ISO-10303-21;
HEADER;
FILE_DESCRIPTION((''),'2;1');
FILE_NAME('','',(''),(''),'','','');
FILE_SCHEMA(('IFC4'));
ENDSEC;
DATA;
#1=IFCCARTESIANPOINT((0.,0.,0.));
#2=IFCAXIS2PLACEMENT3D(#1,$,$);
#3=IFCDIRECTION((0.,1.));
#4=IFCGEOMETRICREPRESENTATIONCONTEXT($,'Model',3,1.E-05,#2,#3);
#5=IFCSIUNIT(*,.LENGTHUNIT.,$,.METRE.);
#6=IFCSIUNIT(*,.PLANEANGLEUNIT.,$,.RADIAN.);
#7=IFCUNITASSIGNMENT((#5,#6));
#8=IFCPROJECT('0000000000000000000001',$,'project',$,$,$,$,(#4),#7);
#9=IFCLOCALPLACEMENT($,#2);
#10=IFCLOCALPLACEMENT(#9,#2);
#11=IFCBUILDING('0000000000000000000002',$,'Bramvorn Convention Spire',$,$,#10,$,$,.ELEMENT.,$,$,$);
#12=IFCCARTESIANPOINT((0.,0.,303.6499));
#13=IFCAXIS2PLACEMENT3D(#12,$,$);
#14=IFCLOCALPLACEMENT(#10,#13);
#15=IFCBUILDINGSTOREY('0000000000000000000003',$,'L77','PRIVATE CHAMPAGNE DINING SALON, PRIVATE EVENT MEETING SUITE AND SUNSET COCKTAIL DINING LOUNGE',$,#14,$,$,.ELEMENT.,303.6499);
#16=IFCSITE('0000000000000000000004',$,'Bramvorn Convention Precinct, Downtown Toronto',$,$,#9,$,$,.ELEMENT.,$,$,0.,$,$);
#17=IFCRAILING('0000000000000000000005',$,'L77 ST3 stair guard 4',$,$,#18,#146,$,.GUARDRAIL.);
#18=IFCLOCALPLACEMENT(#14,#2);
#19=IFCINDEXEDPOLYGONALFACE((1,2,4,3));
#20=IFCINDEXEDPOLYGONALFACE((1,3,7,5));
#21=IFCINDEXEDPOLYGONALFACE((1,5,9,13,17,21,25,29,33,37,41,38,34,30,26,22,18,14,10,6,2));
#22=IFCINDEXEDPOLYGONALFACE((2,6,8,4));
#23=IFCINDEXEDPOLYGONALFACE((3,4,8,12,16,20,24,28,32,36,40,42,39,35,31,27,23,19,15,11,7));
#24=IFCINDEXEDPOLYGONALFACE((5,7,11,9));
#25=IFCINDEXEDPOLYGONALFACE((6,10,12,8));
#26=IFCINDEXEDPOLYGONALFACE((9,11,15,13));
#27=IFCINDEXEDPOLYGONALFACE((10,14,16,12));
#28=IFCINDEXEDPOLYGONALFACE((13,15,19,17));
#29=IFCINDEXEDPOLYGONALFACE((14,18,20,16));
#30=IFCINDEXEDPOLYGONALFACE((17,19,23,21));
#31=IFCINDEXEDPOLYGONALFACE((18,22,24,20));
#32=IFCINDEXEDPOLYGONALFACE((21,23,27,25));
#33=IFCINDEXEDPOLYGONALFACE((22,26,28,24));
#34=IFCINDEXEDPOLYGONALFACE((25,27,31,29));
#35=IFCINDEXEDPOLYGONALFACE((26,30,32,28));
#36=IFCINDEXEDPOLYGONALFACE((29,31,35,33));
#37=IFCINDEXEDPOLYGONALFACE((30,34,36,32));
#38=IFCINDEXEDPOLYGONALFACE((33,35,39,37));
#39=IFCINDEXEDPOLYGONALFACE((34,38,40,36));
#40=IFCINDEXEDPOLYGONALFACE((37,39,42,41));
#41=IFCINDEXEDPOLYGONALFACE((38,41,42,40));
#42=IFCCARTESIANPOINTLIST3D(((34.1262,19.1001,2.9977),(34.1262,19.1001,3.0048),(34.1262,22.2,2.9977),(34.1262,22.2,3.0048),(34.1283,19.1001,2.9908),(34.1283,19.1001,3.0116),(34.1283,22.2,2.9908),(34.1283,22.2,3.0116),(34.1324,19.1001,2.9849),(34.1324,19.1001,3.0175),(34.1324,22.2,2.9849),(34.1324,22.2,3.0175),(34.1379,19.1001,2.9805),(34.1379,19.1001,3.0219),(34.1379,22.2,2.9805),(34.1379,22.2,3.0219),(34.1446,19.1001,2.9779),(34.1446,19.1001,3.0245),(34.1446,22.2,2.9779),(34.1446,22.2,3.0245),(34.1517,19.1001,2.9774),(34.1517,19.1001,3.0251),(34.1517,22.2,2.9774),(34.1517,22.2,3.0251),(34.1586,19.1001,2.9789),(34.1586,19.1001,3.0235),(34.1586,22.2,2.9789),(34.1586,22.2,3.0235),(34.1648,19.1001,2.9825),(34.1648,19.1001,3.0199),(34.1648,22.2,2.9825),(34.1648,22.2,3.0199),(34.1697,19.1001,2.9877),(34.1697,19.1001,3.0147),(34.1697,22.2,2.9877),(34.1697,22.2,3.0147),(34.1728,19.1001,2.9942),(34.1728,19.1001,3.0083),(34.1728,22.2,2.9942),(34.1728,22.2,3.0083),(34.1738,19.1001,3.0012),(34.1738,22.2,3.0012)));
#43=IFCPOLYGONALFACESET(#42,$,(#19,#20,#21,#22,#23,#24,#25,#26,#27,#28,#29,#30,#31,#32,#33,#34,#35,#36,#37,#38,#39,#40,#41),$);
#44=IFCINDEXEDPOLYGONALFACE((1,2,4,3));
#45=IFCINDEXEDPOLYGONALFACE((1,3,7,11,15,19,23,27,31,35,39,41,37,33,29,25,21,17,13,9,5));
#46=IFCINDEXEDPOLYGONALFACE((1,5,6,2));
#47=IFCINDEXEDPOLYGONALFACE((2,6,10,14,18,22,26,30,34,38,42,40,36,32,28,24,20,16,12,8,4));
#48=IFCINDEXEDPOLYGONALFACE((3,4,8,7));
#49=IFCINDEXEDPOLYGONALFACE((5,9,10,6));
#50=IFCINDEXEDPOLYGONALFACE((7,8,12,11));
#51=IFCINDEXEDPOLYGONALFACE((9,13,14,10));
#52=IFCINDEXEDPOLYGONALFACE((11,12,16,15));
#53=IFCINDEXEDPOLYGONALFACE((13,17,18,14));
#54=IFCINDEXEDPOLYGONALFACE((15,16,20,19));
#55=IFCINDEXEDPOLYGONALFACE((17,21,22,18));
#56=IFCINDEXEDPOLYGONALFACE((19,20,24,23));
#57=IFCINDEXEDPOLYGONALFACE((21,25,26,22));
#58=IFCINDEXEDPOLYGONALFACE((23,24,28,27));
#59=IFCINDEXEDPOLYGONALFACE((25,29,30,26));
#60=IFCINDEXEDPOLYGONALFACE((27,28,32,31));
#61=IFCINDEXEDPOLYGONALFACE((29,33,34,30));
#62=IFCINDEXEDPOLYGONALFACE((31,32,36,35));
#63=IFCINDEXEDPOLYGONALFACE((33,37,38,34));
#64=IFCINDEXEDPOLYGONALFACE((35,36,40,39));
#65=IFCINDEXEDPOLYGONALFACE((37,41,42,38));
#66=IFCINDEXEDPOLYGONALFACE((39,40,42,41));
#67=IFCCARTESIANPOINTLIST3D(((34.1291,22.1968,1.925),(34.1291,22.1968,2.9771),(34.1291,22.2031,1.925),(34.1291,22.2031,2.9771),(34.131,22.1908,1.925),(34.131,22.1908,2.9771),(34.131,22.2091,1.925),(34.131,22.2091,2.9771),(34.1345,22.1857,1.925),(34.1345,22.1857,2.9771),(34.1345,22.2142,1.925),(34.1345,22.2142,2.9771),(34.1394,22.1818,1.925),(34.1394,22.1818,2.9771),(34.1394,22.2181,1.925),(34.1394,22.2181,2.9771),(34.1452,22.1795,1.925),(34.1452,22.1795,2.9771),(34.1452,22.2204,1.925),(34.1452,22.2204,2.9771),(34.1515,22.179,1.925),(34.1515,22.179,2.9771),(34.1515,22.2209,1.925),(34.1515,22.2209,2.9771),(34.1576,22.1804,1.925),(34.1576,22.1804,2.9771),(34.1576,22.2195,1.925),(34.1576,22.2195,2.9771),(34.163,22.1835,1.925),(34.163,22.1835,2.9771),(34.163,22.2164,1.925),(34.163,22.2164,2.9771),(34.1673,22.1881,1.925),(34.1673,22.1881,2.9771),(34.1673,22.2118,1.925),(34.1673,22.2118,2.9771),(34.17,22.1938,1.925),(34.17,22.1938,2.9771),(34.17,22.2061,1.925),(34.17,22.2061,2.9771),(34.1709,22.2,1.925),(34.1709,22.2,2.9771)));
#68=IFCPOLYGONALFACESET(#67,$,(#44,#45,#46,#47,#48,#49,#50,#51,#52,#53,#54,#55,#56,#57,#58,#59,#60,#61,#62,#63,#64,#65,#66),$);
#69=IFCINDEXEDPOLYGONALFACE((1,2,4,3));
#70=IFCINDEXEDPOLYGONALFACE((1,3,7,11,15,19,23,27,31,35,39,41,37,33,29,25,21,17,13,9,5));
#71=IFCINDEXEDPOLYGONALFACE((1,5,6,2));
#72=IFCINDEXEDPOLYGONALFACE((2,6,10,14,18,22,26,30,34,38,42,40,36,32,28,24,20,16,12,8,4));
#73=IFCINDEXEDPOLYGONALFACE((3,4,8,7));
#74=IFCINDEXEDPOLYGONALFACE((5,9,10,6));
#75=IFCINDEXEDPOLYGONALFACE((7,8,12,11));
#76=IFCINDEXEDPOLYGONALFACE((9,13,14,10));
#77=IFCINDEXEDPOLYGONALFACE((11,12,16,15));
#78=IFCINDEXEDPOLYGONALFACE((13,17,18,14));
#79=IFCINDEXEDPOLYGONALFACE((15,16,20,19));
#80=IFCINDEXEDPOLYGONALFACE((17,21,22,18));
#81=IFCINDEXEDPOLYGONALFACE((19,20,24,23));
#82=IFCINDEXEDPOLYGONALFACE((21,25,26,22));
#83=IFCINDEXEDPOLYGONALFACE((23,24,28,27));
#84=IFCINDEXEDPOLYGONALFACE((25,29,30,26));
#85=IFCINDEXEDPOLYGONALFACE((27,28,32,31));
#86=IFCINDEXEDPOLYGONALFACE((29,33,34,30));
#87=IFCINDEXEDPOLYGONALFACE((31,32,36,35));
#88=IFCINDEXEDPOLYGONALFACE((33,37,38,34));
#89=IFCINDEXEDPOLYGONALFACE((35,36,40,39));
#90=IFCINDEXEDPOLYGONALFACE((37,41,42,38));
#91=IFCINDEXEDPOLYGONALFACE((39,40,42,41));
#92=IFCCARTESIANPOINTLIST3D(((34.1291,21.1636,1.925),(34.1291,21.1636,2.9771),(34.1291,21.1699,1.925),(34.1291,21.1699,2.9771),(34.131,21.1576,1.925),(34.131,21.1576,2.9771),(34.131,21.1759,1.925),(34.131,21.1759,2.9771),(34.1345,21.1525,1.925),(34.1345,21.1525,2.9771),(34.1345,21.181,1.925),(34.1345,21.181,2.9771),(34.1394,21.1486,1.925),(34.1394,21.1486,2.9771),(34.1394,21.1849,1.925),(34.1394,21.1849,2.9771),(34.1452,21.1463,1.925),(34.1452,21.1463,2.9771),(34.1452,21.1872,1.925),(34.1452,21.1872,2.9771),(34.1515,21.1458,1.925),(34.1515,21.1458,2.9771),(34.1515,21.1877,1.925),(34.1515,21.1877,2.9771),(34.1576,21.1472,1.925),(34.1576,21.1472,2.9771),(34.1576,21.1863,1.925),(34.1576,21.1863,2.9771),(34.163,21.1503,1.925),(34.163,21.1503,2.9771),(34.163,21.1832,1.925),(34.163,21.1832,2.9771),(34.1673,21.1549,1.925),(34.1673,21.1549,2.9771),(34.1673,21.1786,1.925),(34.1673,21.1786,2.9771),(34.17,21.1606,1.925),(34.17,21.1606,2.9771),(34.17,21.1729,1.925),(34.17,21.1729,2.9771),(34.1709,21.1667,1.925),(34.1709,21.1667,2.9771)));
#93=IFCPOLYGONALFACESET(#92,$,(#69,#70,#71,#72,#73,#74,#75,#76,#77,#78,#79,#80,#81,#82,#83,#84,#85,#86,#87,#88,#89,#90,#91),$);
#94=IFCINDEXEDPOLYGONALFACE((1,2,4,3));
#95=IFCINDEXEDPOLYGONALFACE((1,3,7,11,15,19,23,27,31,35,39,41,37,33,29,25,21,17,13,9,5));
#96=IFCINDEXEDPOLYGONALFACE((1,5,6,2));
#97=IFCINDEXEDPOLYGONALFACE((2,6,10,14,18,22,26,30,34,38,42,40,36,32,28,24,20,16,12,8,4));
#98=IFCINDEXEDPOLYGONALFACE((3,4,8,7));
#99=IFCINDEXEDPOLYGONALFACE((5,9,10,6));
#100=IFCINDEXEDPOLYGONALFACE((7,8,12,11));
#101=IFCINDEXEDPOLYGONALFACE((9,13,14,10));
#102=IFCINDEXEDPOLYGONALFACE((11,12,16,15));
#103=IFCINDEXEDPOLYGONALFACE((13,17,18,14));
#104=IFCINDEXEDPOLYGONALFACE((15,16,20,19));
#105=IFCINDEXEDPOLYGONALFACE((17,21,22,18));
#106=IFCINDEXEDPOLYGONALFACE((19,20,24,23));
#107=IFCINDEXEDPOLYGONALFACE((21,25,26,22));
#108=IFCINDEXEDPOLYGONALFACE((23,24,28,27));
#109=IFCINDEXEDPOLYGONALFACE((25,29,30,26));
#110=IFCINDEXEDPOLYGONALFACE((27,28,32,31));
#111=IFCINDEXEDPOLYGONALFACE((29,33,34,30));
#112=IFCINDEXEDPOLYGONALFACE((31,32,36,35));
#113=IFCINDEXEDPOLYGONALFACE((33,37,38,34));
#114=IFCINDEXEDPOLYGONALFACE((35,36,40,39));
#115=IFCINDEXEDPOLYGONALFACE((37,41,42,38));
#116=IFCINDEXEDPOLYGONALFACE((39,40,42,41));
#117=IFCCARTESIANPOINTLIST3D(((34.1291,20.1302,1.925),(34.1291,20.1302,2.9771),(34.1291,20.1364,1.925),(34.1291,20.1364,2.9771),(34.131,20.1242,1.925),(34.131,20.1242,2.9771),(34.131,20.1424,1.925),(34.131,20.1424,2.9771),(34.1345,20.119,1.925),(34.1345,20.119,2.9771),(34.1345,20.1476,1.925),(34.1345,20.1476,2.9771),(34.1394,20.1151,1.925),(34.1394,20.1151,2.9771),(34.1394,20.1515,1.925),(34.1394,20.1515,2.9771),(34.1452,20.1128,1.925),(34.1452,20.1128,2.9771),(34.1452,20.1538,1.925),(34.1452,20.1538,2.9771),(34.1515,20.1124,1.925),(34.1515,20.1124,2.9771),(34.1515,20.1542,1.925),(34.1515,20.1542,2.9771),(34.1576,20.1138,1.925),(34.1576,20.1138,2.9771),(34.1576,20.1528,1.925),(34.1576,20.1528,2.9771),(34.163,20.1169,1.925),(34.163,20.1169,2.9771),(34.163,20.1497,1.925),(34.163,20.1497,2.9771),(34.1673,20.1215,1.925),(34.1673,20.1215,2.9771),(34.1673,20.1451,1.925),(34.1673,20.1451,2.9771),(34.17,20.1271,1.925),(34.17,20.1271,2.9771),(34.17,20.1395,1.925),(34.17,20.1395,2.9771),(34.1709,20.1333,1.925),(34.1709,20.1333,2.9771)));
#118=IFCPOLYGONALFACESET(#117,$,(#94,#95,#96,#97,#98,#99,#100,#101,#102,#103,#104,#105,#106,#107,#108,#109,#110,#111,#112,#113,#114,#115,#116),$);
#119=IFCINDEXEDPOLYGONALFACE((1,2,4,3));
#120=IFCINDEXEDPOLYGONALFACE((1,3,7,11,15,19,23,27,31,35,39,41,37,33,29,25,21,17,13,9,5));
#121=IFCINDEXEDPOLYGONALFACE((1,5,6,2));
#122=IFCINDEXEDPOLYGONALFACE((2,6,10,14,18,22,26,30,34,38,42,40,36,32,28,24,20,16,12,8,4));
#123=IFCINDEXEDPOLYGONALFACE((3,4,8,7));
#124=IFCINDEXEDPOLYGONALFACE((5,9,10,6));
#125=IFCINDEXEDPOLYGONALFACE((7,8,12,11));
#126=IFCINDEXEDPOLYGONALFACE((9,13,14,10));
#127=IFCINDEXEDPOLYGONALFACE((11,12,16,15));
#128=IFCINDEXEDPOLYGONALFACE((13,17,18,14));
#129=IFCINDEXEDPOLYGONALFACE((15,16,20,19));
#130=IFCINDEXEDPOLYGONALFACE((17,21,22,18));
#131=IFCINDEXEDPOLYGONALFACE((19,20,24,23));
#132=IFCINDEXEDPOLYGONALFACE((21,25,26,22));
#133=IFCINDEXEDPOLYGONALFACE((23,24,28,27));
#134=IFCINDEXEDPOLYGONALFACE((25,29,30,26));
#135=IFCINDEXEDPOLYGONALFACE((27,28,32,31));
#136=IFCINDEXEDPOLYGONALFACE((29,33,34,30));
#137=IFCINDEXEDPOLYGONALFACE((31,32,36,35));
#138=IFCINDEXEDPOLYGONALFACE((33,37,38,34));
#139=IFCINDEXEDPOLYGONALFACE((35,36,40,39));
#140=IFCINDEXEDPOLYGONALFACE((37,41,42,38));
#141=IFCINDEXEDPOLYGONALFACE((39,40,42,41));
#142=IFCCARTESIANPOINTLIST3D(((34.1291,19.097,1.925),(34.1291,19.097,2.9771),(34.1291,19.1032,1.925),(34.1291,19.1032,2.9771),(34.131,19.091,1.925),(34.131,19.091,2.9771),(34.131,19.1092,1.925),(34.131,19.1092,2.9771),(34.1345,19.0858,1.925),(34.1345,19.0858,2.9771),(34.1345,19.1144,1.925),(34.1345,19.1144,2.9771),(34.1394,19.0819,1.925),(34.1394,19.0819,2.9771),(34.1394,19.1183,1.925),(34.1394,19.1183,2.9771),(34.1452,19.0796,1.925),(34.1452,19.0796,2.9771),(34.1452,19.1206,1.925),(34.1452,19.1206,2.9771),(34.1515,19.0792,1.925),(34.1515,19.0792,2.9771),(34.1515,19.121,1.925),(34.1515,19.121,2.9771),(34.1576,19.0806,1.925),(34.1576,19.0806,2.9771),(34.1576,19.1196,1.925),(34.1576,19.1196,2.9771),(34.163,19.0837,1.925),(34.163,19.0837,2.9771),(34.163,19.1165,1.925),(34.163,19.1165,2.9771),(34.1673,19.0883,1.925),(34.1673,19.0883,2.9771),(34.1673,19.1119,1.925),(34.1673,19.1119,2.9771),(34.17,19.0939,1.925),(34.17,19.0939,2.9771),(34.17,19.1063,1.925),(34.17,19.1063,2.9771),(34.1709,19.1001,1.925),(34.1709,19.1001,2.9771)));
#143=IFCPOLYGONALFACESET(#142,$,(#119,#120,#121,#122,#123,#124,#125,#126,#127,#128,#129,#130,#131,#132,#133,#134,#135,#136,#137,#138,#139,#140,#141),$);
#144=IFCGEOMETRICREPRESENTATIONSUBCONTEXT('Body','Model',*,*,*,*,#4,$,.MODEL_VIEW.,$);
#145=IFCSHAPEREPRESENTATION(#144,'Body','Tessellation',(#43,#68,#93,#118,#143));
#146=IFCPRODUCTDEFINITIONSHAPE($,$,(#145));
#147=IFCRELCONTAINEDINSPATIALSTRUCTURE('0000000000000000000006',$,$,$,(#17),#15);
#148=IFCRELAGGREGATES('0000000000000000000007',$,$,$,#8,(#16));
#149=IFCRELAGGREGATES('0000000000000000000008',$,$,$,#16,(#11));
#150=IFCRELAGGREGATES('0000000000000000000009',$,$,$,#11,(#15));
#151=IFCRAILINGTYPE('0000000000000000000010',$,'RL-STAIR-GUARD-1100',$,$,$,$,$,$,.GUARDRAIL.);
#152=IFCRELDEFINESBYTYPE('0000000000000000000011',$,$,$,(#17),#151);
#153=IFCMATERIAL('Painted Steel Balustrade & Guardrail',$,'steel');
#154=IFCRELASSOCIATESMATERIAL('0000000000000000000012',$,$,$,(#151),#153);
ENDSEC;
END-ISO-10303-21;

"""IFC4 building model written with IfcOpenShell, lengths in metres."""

from ifc_helpers import new_model, si_unit, direction, frame, origin, origin_2d, place, context, subcontext, project, spatial, circle, extrude, material, type_object, element, save


model = new_model("IFC4")

# Units and contexts
model_context = context("Model", 3, precision=1e-05, world=origin(), true_north=direction((0.0, 1.0)))
body_context = subcontext(model_context, "Body", "Model", "MODEL_VIEW")
ifc_project = project(units=[si_unit("LENGTHUNIT", "METRE"), si_unit("PLANEANGLEUNIT", "RADIAN")], contexts=[model_context])

# Site, building, storey
site_placement = place(None, origin())
site = spatial("IfcSite", under=ifc_project, at=site_placement, Name="Bramvorn Convention Precinct, Downtown Toronto", CompositionType="ELEMENT", RefElevation=0.0)
building_placement = place(site_placement, origin())
building = spatial("IfcBuilding", under=site, at=building_placement, Name="Bramvorn Convention Spire", CompositionType="ELEMENT")
storey_placement = place(building_placement, frame((0.0, 0.0, 303.6499)))
storey = spatial("IfcBuildingStorey", under=building, at=storey_placement, Name="L77", Description="PRIVATE CHAMPAGNE DINING SALON, PRIVATE EVENT MEETING SUITE AND SUNSET COCKTAIL DINING LOUNGE", CompositionType="ELEMENT", Elevation=303.6499)

# Railing
ifc_material_1 = material(Name="Painted Steel Balustrade & Guardrail", Category="steel")
railing_type_1 = type_object("IfcRailingType", Name="RL-STAIR-GUARD-1100", PredefinedType="GUARDRAIL", material=ifc_material_1)
for number, where, name in (
    (1, (34.1499, 22.2, 1.925), "L77 ST3 stair guard 4"),
):
    element("IfcRailing", number, at=place(storey_placement, frame(where)), inside=storey, type_object=railing_type_1, Name=name, PredefinedType="GUARDRAIL", context=body_context, shape_type="SweptSolid", body=[
        extrude(circle(Radius=0.0239, at=origin_2d()), frame((0.0, 0.0, 1.0762), z_axis=(0.0, -1.0, 0.0), x_axis=(1.0, 0.0, 0.0)), (0.0, 0.0, 1.0), 3.0999),
        extrude(circle(Radius=0.021, at=origin_2d()), origin(), (0.0, 0.0, 1.0), 1.052),
        extrude(circle(Radius=0.021, at=origin_2d()), frame((0.0, -1.0332, 0.0)), (0.0, 0.0, 1.0), 1.052),
        extrude(circle(Radius=0.021, at=origin_2d()), frame((0.0, -2.0667, 0.0)), (0.0, 0.0, 1.0), 1.052),
        extrude(circle(Radius=0.021, at=origin_2d()), frame((0.0, -3.0999, 0.0)), (0.0, 0.0, 1.0), 1.052),
    ])

save(model, "model.ifc")
